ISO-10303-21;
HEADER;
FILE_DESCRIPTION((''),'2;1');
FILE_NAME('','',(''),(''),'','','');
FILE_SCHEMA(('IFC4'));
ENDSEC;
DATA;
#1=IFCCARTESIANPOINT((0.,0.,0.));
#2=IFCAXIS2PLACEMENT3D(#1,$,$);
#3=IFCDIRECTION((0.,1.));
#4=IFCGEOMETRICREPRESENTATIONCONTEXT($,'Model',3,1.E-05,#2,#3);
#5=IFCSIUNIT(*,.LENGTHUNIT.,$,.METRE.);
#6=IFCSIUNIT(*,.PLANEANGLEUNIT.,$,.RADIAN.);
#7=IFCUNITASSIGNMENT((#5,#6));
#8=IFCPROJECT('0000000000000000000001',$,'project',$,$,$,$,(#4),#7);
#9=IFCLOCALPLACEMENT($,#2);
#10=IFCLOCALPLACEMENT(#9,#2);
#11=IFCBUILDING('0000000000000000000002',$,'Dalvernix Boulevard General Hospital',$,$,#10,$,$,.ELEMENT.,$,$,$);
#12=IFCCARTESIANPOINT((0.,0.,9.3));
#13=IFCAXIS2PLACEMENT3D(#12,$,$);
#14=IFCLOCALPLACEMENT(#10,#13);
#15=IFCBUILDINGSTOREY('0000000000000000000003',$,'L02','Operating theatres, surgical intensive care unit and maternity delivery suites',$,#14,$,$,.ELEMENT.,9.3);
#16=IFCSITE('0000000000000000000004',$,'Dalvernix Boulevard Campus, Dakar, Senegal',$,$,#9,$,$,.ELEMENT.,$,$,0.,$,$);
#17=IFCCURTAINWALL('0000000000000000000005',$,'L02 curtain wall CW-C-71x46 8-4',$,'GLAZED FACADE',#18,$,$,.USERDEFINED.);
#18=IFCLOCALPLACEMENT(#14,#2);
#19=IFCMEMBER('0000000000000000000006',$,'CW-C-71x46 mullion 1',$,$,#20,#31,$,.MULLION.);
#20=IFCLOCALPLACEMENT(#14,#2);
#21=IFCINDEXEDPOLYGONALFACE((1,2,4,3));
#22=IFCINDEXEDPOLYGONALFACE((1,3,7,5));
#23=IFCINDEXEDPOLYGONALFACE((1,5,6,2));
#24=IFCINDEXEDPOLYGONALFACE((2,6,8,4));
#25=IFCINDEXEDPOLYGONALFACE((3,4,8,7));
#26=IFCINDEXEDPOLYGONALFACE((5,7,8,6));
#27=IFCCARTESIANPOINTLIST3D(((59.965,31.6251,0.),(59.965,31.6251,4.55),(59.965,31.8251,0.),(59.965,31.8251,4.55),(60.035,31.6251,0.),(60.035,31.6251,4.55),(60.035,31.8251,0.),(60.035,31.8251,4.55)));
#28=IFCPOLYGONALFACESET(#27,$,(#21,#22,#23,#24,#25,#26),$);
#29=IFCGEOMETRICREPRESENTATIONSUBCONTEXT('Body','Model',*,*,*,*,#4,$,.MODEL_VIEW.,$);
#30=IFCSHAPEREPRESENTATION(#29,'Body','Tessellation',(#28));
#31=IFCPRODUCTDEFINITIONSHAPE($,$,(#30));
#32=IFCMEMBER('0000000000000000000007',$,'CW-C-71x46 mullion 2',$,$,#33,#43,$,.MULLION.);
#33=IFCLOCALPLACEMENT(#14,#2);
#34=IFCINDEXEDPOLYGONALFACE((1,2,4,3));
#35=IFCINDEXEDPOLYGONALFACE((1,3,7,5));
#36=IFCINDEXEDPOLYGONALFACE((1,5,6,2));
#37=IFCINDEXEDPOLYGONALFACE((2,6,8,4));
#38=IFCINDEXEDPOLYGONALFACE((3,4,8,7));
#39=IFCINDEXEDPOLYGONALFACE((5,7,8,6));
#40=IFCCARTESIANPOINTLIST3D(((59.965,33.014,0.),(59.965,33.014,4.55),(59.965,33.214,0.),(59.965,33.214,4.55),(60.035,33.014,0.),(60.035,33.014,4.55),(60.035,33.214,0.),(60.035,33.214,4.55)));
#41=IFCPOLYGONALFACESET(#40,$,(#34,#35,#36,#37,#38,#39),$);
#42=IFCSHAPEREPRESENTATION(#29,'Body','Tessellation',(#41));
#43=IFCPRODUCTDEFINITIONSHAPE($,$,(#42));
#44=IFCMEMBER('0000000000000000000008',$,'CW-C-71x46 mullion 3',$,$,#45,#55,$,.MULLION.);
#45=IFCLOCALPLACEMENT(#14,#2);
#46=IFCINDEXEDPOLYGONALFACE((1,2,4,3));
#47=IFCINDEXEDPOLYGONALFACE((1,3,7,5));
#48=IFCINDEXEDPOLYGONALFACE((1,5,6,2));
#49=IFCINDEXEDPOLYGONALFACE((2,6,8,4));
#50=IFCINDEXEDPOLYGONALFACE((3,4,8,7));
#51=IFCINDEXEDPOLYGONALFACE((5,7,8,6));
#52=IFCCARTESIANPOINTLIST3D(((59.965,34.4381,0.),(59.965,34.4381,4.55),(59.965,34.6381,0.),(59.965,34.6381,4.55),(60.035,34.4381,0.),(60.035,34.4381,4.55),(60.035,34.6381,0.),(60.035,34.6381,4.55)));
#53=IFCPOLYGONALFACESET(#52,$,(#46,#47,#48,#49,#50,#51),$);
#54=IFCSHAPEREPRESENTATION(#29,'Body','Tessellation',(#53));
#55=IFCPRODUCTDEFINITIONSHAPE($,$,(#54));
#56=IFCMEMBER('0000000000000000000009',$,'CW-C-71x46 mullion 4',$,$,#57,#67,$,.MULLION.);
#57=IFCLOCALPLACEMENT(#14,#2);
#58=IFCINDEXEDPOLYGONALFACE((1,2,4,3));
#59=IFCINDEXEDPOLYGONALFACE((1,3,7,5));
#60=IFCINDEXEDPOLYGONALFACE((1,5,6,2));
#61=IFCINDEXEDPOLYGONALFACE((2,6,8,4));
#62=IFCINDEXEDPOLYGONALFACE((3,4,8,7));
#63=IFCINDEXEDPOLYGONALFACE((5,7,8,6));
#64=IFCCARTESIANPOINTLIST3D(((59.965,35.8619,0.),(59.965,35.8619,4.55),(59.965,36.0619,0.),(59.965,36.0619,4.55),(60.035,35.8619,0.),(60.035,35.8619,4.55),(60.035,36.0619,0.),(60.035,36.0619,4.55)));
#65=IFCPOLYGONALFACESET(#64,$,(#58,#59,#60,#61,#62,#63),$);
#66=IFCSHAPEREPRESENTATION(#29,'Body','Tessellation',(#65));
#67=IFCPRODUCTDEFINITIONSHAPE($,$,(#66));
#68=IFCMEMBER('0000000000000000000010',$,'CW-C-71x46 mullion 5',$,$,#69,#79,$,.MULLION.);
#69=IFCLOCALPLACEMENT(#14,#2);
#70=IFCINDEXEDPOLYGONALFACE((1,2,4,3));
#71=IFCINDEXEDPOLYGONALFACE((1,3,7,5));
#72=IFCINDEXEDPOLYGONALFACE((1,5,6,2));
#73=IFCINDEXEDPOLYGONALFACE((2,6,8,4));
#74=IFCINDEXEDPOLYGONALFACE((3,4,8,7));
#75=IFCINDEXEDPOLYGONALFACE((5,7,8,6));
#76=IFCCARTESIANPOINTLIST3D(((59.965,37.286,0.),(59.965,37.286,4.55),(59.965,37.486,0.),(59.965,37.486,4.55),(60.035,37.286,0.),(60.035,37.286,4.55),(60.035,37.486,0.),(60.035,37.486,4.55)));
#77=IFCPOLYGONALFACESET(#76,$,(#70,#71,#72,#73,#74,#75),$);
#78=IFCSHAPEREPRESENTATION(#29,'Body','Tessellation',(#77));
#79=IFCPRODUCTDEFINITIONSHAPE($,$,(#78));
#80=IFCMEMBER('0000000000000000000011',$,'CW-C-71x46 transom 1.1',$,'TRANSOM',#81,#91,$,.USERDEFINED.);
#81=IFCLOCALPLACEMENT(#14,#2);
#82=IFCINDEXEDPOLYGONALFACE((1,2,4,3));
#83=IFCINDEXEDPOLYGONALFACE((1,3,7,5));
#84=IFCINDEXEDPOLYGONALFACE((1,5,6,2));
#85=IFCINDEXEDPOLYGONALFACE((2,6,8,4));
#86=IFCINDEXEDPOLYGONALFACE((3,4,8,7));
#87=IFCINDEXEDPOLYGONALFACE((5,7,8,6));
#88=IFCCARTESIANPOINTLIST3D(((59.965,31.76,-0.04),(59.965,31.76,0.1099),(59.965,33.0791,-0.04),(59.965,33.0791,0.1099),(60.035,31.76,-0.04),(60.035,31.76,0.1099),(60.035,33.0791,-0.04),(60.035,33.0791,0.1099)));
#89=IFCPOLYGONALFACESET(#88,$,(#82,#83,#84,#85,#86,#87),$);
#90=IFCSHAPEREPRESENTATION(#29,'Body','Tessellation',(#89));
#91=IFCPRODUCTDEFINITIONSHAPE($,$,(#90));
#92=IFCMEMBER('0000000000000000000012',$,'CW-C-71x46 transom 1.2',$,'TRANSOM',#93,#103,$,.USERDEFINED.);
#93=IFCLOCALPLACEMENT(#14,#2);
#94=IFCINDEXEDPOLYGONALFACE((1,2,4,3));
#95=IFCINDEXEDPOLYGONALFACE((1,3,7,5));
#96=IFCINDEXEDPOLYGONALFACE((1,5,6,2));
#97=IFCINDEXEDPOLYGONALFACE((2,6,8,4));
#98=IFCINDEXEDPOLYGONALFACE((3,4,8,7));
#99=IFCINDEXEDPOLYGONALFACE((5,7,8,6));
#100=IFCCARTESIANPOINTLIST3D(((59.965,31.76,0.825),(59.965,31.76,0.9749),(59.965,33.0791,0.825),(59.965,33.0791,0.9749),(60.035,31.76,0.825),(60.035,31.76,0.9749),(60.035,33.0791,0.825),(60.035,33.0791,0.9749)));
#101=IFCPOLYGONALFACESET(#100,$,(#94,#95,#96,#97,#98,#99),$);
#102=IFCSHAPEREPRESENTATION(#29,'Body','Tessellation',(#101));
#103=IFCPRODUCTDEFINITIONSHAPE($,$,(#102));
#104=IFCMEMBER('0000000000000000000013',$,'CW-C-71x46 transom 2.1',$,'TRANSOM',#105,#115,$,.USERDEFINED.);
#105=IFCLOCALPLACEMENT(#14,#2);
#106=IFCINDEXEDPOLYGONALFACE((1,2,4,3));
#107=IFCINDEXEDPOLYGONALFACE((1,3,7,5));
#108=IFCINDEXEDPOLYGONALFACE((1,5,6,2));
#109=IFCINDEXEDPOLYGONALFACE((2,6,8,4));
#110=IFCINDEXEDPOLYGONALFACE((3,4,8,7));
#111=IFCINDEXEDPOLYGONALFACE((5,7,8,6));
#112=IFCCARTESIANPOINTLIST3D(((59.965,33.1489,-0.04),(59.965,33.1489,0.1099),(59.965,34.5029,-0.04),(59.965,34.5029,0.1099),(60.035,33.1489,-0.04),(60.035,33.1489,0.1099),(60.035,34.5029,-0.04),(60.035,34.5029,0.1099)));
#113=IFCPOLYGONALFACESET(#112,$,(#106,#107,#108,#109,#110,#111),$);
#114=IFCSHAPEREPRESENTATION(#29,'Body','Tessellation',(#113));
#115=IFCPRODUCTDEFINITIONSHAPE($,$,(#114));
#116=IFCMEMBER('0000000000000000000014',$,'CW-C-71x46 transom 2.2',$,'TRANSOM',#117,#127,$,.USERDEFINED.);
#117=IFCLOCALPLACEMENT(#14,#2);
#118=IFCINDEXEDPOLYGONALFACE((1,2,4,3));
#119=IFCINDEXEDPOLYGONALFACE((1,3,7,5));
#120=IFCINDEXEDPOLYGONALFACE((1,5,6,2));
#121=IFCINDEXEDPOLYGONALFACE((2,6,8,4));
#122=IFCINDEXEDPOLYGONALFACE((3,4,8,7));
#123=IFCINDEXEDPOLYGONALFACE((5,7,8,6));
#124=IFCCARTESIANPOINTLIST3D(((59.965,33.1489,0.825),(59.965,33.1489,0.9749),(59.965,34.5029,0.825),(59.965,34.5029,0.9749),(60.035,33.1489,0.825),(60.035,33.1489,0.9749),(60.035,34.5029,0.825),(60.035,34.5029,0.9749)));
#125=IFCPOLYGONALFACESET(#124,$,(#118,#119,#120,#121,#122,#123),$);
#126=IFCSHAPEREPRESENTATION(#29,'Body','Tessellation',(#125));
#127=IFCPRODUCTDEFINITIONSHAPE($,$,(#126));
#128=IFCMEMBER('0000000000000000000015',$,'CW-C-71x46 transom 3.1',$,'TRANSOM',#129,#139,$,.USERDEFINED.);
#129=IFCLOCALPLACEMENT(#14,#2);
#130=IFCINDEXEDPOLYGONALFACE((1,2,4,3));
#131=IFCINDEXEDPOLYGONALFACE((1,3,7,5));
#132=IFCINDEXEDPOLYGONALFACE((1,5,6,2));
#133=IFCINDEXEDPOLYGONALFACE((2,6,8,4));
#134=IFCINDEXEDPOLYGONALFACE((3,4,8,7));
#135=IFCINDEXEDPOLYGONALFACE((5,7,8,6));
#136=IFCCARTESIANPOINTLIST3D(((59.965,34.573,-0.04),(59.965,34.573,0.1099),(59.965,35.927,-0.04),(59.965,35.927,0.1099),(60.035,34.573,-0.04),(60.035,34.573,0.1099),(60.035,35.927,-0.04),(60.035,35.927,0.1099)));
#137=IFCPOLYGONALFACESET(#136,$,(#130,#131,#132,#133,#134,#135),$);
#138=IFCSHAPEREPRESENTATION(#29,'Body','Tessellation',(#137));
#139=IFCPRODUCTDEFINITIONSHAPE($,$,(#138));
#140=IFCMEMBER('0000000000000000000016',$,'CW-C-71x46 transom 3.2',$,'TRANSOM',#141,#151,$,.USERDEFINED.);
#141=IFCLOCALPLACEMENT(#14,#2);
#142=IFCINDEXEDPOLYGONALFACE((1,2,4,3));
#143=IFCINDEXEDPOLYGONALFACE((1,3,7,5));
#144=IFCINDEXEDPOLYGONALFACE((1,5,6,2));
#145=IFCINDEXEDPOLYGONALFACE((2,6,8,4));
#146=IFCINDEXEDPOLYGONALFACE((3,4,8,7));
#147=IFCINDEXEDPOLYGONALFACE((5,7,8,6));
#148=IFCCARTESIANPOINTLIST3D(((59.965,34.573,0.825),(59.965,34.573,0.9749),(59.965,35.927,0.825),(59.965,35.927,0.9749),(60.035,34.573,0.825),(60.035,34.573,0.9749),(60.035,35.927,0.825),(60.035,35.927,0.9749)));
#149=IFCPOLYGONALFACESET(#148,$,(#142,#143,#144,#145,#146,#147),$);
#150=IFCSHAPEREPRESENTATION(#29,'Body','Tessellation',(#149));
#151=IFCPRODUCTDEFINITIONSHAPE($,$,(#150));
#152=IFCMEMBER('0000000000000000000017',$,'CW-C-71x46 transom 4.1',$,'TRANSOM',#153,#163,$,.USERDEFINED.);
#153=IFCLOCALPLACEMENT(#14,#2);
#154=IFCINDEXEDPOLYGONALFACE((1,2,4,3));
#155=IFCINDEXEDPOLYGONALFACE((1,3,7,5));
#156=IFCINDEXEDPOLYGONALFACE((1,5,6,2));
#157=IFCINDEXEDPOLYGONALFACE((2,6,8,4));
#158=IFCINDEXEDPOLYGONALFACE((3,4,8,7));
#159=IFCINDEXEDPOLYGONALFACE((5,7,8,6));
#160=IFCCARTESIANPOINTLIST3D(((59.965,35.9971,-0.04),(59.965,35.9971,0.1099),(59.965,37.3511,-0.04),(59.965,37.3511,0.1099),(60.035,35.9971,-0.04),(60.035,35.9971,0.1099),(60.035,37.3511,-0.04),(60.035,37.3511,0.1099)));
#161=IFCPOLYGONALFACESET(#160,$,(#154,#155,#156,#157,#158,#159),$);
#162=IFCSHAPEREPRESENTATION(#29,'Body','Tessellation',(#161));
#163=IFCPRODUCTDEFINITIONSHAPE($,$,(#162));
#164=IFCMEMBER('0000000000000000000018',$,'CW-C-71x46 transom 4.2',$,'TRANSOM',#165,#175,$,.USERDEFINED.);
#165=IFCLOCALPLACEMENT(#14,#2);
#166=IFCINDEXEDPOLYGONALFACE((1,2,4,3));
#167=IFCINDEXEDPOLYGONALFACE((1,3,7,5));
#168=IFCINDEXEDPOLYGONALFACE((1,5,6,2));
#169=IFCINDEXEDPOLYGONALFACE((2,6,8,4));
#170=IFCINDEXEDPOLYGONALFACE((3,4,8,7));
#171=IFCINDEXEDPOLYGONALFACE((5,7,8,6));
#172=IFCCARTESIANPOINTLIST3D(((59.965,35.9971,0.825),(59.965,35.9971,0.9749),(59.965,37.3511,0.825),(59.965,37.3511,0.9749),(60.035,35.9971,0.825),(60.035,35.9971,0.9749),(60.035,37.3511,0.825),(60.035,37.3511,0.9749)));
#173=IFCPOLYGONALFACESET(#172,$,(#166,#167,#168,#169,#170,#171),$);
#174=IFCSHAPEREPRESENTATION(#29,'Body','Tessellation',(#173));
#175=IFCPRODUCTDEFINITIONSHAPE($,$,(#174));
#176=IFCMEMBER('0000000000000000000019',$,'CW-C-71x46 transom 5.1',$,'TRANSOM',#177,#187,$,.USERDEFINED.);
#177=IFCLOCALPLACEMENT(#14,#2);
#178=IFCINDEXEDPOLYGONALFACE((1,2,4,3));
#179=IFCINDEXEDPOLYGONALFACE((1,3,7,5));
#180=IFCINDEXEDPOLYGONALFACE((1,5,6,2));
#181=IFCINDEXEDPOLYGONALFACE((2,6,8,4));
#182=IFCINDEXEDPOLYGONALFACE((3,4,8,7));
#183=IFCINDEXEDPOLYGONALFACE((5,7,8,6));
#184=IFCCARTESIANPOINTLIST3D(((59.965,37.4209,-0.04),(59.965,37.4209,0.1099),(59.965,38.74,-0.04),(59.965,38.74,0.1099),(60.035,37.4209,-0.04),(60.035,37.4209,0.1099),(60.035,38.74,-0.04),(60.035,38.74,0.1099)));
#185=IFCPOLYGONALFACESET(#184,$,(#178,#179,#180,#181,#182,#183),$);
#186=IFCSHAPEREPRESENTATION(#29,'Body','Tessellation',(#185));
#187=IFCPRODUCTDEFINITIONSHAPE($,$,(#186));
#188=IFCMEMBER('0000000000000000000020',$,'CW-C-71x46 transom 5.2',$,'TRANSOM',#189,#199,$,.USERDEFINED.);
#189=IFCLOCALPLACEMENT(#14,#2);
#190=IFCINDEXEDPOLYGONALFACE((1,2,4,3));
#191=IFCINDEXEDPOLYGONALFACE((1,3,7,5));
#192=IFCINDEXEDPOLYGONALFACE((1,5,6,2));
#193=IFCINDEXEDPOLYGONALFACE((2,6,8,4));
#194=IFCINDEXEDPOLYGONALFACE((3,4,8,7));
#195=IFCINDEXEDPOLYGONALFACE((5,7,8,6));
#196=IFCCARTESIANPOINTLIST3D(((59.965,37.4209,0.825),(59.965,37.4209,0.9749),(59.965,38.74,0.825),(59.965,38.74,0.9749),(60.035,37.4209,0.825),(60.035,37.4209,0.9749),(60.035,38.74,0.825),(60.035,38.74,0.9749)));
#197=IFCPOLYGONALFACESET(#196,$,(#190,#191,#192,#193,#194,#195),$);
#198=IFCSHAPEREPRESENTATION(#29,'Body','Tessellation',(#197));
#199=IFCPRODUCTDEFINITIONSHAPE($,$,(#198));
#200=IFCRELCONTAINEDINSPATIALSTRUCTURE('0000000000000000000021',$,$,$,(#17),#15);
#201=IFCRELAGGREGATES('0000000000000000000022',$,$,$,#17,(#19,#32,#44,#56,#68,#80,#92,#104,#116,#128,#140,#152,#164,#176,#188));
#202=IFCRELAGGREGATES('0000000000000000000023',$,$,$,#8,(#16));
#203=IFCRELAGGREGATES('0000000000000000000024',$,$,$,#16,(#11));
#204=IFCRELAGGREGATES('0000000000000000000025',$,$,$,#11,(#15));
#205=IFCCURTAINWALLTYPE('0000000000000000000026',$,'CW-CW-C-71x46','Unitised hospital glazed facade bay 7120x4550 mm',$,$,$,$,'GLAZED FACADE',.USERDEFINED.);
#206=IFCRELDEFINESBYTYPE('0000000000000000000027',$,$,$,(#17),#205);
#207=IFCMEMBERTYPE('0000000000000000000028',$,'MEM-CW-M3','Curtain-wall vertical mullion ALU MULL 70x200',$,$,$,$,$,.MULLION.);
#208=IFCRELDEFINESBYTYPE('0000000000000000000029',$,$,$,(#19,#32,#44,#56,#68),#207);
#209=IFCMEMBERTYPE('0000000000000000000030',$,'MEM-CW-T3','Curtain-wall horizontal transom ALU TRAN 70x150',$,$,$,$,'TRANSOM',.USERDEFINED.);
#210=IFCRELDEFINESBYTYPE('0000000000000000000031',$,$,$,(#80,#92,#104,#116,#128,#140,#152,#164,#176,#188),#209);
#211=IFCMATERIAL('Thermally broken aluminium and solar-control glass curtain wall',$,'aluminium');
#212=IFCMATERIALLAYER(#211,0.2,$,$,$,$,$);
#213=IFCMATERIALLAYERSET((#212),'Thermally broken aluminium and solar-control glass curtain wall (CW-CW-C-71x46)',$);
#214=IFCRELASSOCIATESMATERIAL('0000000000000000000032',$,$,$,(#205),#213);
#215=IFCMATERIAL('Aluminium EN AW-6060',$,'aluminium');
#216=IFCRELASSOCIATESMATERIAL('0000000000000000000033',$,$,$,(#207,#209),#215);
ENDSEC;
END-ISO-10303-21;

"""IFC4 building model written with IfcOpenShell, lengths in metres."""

from ifc_helpers import new_model, si_unit, direction, frame, origin, origin_2d, place, context, subcontext, project, spatial, rectangle, extrude, material, layer, layer_set, material_profile, profile_set, type_object, element, aggregate, save


model = new_model("IFC4")

# Units and contexts
model_context = context("Model", 3, precision=1e-05, world=origin(), true_north=direction((0.0, 1.0)))
body_context = subcontext(model_context, "Body", "Model", "MODEL_VIEW")
ifc_project = project(units=[si_unit("LENGTHUNIT", "METRE"), si_unit("PLANEANGLEUNIT", "RADIAN")], contexts=[model_context])

# Site, building, storey
site_placement = place(None, origin())
site = spatial("IfcSite", under=ifc_project, at=site_placement, Name="Dalvernix Boulevard Campus, Dakar, Senegal", CompositionType="ELEMENT", RefElevation=0.0)
building_placement = place(site_placement, origin())
building = spatial("IfcBuilding", under=site, at=building_placement, Name="Dalvernix Boulevard General Hospital", CompositionType="ELEMENT")
storey_placement = place(building_placement, frame((0.0, 0.0, 9.3)))
storey = spatial("IfcBuildingStorey", under=building, at=storey_placement, Name="L02", Description="Operating theatres, surgical intensive care unit and maternity delivery suites", CompositionType="ELEMENT", Elevation=9.3)

# Curtain wall, members
ifc_material_1 = material(Name="Thermally broken aluminium and solar-control glass curtain wall", Category="aluminium")
ifc_layer_1 = layer(ifc_material_1, 0.2)
ifc_layer_set_1 = layer_set([ifc_layer_1], Name="Thermally broken aluminium and solar-control glass curtain wall (CW-CW-C-71x46)")
curtain_wall_type = type_object("IfcCurtainWallType", Name="CW-CW-C-71x46", Description="Unitised hospital glazed facade bay 7120x4550 mm", ElementType="GLAZED FACADE", PredefinedType="USERDEFINED", material=ifc_layer_set_1)
curtain_wall_placement = place(storey_placement, origin())
curtain_wall = element("IfcCurtainWall", 1, at=curtain_wall_placement, inside=storey, type_object=curtain_wall_type, Name="L02 curtain wall CW-C-71x46 8-4", ObjectType="GLAZED FACADE", PredefinedType="USERDEFINED")
ifc_material_2 = material(Name="Aluminium EN AW-6060", Category="aluminium")
ifc_material_profile_1 = material_profile(ifc_material_2, rectangle(XDim=0.0701, YDim=0.2, at=origin_2d()), Name="ALU MULL 70x200")
ifc_profile_set_1 = profile_set([ifc_material_profile_1], Name="Aluminium EN AW-6060")
member_type_1 = type_object("IfcMemberType", Name="MEM-CW-M3", Description="Curtain-wall vertical mullion ALU MULL 70x200", PredefinedType="MULLION", material=ifc_profile_set_1)
member_1_placement = place(storey_placement, frame((60.0, 31.7251, 0.0), z_axis=(0.0, 0.0, 1.0), x_axis=(-1.0, 0.0, 0.0)))
member_1 = element("IfcMember", 2, at=member_1_placement, type_object=member_type_1, Name="CW-C-71x46 mullion 1", PredefinedType="MULLION", context=body_context, shape_type="SweptSolid", body=[
    extrude(rectangle(XDim=0.0701, YDim=0.2, at=origin_2d()), origin(), (0.0, 0.0, 1.0), 4.55),
])
member_2_placement = place(storey_placement, frame((60.0, 33.114, 0.0), z_axis=(0.0, 0.0, 1.0), x_axis=(-1.0, 0.0, 0.0)))
member_2 = element("IfcMember", 3, at=member_2_placement, type_object=member_type_1, Name="CW-C-71x46 mullion 2", PredefinedType="MULLION", context=body_context, shape_type="SweptSolid", body=[
    extrude(rectangle(XDim=0.0701, YDim=0.2, at=origin_2d()), origin(), (0.0, 0.0, 1.0), 4.55),
])
member_3_placement = place(storey_placement, frame((60.0, 34.5381, 0.0), z_axis=(0.0, 0.0, 1.0), x_axis=(-1.0, 0.0, 0.0)))
member_3 = element("IfcMember", 4, at=member_3_placement, type_object=member_type_1, Name="CW-C-71x46 mullion 3", PredefinedType="MULLION", context=body_context, shape_type="SweptSolid", body=[
    extrude(rectangle(XDim=0.0701, YDim=0.2, at=origin_2d()), origin(), (0.0, 0.0, 1.0), 4.55),
])
member_4_placement = place(storey_placement, frame((60.0, 35.9619, 0.0), z_axis=(0.0, 0.0, 1.0), x_axis=(-1.0, 0.0, 0.0)))
member_4 = element("IfcMember", 5, at=member_4_placement, type_object=member_type_1, Name="CW-C-71x46 mullion 4", PredefinedType="MULLION", context=body_context, shape_type="SweptSolid", body=[
    extrude(rectangle(XDim=0.0701, YDim=0.2, at=origin_2d()), origin(), (0.0, 0.0, 1.0), 4.55),
])
member_5_placement = place(storey_placement, frame((60.0, 37.386, 0.0), z_axis=(0.0, 0.0, 1.0), x_axis=(-1.0, 0.0, 0.0)))
member_5 = element("IfcMember", 6, at=member_5_placement, type_object=member_type_1, Name="CW-C-71x46 mullion 5", PredefinedType="MULLION", context=body_context, shape_type="SweptSolid", body=[
    extrude(rectangle(XDim=0.0701, YDim=0.2, at=origin_2d()), origin(), (0.0, 0.0, 1.0), 4.55),
])
ifc_material_profile_2 = material_profile(ifc_material_2, rectangle(XDim=0.0701, YDim=0.1499, at=origin_2d()), Name="ALU TRAN 70x150")
ifc_profile_set_2 = profile_set([ifc_material_profile_2], Name="Aluminium EN AW-6060")
member_type_2 = type_object("IfcMemberType", Name="MEM-CW-T3", Description="Curtain-wall horizontal transom ALU TRAN 70x150", ElementType="TRANSOM", PredefinedType="USERDEFINED", material=ifc_profile_set_2)
member_6_placement = place(storey_placement, frame((60.0, 31.76, 0.0349), z_axis=(0.0, 1.0, 0.0), x_axis=(-1.0, 0.0, 0.0)))
member_6 = element("IfcMember", 7, at=member_6_placement, type_object=member_type_2, Name="CW-C-71x46 transom 1.1", ObjectType="TRANSOM", PredefinedType="USERDEFINED", context=body_context, shape_type="SweptSolid", body=[
    extrude(rectangle(XDim=0.0701, YDim=0.1499, at=origin_2d()), origin(), (0.0, 0.0, 1.0), 1.3191),
])
member_7_placement = place(storey_placement, frame((60.0, 31.76, 0.8999), z_axis=(0.0, 1.0, 0.0), x_axis=(-1.0, 0.0, 0.0)))
member_7 = element("IfcMember", 8, at=member_7_placement, type_object=member_type_2, Name="CW-C-71x46 transom 1.2", ObjectType="TRANSOM", PredefinedType="USERDEFINED", context=body_context, shape_type="SweptSolid", body=[
    extrude(rectangle(XDim=0.0701, YDim=0.1499, at=origin_2d()), origin(), (0.0, 0.0, 1.0), 1.3191),
])
member_8_placement = place(storey_placement, frame((60.0, 33.1489, 0.0349), z_axis=(0.0, 1.0, 0.0), x_axis=(-1.0, 0.0, 0.0)))
member_8 = element("IfcMember", 9, at=member_8_placement, type_object=member_type_2, Name="CW-C-71x46 transom 2.1", ObjectType="TRANSOM", PredefinedType="USERDEFINED", context=body_context, shape_type="SweptSolid", body=[
    extrude(rectangle(XDim=0.0701, YDim=0.1499, at=origin_2d()), origin(), (0.0, 0.0, 1.0), 1.354),
])
member_9_placement = place(storey_placement, frame((60.0, 33.1489, 0.8999), z_axis=(0.0, 1.0, 0.0), x_axis=(-1.0, 0.0, 0.0)))
member_9 = element("IfcMember", 10, at=member_9_placement, type_object=member_type_2, Name="CW-C-71x46 transom 2.2", ObjectType="TRANSOM", PredefinedType="USERDEFINED", context=body_context, shape_type="SweptSolid", body=[
    extrude(rectangle(XDim=0.0701, YDim=0.1499, at=origin_2d()), origin(), (0.0, 0.0, 1.0), 1.354),
])
member_10_placement = place(storey_placement, frame((60.0, 34.573, 0.0349), z_axis=(0.0, 1.0, 0.0), x_axis=(-1.0, 0.0, 0.0)))
member_10 = element("IfcMember", 11, at=member_10_placement, type_object=member_type_2, Name="CW-C-71x46 transom 3.1", ObjectType="TRANSOM", PredefinedType="USERDEFINED", context=body_context, shape_type="SweptSolid", body=[
    extrude(rectangle(XDim=0.0701, YDim=0.1499, at=origin_2d()), origin(), (0.0, 0.0, 1.0), 1.354),
])
member_11_placement = place(storey_placement, frame((60.0, 34.573, 0.8999), z_axis=(0.0, 1.0, 0.0), x_axis=(-1.0, 0.0, 0.0)))
member_11 = element("IfcMember", 12, at=member_11_placement, type_object=member_type_2, Name="CW-C-71x46 transom 3.2", ObjectType="TRANSOM", PredefinedType="USERDEFINED", context=body_context, shape_type="SweptSolid", body=[
    extrude(rectangle(XDim=0.0701, YDim=0.1499, at=origin_2d()), origin(), (0.0, 0.0, 1.0), 1.354),
])
member_12_placement = place(storey_placement, frame((60.0, 35.9971, 0.0349), z_axis=(0.0, 1.0, 0.0), x_axis=(-1.0, 0.0, 0.0)))
member_12 = element("IfcMember", 13, at=member_12_placement, type_object=member_type_2, Name="CW-C-71x46 transom 4.1", ObjectType="TRANSOM", PredefinedType="USERDEFINED", context=body_context, shape_type="SweptSolid", body=[
    extrude(rectangle(XDim=0.0701, YDim=0.1499, at=origin_2d()), origin(), (0.0, 0.0, 1.0), 1.354),
])
member_13_placement = place(storey_placement, frame((60.0, 35.9971, 0.8999), z_axis=(0.0, 1.0, 0.0), x_axis=(-1.0, 0.0, 0.0)))
member_13 = element("IfcMember", 14, at=member_13_placement, type_object=member_type_2, Name="CW-C-71x46 transom 4.2", ObjectType="TRANSOM", PredefinedType="USERDEFINED", context=body_context, shape_type="SweptSolid", body=[
    extrude(rectangle(XDim=0.0701, YDim=0.1499, at=origin_2d()), origin(), (0.0, 0.0, 1.0), 1.354),
])
member_14_placement = place(storey_placement, frame((60.0, 37.4209, 0.0349), z_axis=(0.0, 1.0, 0.0), x_axis=(-1.0, 0.0, 0.0)))
member_14 = element("IfcMember", 15, at=member_14_placement, type_object=member_type_2, Name="CW-C-71x46 transom 5.1", ObjectType="TRANSOM", PredefinedType="USERDEFINED", context=body_context, shape_type="SweptSolid", body=[
    extrude(rectangle(XDim=0.0701, YDim=0.1499, at=origin_2d()), origin(), (0.0, 0.0, 1.0), 1.3191),
])
member_15_placement = place(storey_placement, frame((60.0, 37.4209, 0.8999), z_axis=(0.0, 1.0, 0.0), x_axis=(-1.0, 0.0, 0.0)))
member_15 = element("IfcMember", 16, at=member_15_placement, type_object=member_type_2, Name="CW-C-71x46 transom 5.2", ObjectType="TRANSOM", PredefinedType="USERDEFINED", context=body_context, shape_type="SweptSolid", body=[
    extrude(rectangle(XDim=0.0701, YDim=0.1499, at=origin_2d()), origin(), (0.0, 0.0, 1.0), 1.3191),
])
aggregate(curtain_wall, [member_1, member_2, member_3, member_4, member_5, member_6, member_7, member_8, member_9, member_10, member_11, member_12, member_13, member_14, member_15])

save(model, "model.ifc")
